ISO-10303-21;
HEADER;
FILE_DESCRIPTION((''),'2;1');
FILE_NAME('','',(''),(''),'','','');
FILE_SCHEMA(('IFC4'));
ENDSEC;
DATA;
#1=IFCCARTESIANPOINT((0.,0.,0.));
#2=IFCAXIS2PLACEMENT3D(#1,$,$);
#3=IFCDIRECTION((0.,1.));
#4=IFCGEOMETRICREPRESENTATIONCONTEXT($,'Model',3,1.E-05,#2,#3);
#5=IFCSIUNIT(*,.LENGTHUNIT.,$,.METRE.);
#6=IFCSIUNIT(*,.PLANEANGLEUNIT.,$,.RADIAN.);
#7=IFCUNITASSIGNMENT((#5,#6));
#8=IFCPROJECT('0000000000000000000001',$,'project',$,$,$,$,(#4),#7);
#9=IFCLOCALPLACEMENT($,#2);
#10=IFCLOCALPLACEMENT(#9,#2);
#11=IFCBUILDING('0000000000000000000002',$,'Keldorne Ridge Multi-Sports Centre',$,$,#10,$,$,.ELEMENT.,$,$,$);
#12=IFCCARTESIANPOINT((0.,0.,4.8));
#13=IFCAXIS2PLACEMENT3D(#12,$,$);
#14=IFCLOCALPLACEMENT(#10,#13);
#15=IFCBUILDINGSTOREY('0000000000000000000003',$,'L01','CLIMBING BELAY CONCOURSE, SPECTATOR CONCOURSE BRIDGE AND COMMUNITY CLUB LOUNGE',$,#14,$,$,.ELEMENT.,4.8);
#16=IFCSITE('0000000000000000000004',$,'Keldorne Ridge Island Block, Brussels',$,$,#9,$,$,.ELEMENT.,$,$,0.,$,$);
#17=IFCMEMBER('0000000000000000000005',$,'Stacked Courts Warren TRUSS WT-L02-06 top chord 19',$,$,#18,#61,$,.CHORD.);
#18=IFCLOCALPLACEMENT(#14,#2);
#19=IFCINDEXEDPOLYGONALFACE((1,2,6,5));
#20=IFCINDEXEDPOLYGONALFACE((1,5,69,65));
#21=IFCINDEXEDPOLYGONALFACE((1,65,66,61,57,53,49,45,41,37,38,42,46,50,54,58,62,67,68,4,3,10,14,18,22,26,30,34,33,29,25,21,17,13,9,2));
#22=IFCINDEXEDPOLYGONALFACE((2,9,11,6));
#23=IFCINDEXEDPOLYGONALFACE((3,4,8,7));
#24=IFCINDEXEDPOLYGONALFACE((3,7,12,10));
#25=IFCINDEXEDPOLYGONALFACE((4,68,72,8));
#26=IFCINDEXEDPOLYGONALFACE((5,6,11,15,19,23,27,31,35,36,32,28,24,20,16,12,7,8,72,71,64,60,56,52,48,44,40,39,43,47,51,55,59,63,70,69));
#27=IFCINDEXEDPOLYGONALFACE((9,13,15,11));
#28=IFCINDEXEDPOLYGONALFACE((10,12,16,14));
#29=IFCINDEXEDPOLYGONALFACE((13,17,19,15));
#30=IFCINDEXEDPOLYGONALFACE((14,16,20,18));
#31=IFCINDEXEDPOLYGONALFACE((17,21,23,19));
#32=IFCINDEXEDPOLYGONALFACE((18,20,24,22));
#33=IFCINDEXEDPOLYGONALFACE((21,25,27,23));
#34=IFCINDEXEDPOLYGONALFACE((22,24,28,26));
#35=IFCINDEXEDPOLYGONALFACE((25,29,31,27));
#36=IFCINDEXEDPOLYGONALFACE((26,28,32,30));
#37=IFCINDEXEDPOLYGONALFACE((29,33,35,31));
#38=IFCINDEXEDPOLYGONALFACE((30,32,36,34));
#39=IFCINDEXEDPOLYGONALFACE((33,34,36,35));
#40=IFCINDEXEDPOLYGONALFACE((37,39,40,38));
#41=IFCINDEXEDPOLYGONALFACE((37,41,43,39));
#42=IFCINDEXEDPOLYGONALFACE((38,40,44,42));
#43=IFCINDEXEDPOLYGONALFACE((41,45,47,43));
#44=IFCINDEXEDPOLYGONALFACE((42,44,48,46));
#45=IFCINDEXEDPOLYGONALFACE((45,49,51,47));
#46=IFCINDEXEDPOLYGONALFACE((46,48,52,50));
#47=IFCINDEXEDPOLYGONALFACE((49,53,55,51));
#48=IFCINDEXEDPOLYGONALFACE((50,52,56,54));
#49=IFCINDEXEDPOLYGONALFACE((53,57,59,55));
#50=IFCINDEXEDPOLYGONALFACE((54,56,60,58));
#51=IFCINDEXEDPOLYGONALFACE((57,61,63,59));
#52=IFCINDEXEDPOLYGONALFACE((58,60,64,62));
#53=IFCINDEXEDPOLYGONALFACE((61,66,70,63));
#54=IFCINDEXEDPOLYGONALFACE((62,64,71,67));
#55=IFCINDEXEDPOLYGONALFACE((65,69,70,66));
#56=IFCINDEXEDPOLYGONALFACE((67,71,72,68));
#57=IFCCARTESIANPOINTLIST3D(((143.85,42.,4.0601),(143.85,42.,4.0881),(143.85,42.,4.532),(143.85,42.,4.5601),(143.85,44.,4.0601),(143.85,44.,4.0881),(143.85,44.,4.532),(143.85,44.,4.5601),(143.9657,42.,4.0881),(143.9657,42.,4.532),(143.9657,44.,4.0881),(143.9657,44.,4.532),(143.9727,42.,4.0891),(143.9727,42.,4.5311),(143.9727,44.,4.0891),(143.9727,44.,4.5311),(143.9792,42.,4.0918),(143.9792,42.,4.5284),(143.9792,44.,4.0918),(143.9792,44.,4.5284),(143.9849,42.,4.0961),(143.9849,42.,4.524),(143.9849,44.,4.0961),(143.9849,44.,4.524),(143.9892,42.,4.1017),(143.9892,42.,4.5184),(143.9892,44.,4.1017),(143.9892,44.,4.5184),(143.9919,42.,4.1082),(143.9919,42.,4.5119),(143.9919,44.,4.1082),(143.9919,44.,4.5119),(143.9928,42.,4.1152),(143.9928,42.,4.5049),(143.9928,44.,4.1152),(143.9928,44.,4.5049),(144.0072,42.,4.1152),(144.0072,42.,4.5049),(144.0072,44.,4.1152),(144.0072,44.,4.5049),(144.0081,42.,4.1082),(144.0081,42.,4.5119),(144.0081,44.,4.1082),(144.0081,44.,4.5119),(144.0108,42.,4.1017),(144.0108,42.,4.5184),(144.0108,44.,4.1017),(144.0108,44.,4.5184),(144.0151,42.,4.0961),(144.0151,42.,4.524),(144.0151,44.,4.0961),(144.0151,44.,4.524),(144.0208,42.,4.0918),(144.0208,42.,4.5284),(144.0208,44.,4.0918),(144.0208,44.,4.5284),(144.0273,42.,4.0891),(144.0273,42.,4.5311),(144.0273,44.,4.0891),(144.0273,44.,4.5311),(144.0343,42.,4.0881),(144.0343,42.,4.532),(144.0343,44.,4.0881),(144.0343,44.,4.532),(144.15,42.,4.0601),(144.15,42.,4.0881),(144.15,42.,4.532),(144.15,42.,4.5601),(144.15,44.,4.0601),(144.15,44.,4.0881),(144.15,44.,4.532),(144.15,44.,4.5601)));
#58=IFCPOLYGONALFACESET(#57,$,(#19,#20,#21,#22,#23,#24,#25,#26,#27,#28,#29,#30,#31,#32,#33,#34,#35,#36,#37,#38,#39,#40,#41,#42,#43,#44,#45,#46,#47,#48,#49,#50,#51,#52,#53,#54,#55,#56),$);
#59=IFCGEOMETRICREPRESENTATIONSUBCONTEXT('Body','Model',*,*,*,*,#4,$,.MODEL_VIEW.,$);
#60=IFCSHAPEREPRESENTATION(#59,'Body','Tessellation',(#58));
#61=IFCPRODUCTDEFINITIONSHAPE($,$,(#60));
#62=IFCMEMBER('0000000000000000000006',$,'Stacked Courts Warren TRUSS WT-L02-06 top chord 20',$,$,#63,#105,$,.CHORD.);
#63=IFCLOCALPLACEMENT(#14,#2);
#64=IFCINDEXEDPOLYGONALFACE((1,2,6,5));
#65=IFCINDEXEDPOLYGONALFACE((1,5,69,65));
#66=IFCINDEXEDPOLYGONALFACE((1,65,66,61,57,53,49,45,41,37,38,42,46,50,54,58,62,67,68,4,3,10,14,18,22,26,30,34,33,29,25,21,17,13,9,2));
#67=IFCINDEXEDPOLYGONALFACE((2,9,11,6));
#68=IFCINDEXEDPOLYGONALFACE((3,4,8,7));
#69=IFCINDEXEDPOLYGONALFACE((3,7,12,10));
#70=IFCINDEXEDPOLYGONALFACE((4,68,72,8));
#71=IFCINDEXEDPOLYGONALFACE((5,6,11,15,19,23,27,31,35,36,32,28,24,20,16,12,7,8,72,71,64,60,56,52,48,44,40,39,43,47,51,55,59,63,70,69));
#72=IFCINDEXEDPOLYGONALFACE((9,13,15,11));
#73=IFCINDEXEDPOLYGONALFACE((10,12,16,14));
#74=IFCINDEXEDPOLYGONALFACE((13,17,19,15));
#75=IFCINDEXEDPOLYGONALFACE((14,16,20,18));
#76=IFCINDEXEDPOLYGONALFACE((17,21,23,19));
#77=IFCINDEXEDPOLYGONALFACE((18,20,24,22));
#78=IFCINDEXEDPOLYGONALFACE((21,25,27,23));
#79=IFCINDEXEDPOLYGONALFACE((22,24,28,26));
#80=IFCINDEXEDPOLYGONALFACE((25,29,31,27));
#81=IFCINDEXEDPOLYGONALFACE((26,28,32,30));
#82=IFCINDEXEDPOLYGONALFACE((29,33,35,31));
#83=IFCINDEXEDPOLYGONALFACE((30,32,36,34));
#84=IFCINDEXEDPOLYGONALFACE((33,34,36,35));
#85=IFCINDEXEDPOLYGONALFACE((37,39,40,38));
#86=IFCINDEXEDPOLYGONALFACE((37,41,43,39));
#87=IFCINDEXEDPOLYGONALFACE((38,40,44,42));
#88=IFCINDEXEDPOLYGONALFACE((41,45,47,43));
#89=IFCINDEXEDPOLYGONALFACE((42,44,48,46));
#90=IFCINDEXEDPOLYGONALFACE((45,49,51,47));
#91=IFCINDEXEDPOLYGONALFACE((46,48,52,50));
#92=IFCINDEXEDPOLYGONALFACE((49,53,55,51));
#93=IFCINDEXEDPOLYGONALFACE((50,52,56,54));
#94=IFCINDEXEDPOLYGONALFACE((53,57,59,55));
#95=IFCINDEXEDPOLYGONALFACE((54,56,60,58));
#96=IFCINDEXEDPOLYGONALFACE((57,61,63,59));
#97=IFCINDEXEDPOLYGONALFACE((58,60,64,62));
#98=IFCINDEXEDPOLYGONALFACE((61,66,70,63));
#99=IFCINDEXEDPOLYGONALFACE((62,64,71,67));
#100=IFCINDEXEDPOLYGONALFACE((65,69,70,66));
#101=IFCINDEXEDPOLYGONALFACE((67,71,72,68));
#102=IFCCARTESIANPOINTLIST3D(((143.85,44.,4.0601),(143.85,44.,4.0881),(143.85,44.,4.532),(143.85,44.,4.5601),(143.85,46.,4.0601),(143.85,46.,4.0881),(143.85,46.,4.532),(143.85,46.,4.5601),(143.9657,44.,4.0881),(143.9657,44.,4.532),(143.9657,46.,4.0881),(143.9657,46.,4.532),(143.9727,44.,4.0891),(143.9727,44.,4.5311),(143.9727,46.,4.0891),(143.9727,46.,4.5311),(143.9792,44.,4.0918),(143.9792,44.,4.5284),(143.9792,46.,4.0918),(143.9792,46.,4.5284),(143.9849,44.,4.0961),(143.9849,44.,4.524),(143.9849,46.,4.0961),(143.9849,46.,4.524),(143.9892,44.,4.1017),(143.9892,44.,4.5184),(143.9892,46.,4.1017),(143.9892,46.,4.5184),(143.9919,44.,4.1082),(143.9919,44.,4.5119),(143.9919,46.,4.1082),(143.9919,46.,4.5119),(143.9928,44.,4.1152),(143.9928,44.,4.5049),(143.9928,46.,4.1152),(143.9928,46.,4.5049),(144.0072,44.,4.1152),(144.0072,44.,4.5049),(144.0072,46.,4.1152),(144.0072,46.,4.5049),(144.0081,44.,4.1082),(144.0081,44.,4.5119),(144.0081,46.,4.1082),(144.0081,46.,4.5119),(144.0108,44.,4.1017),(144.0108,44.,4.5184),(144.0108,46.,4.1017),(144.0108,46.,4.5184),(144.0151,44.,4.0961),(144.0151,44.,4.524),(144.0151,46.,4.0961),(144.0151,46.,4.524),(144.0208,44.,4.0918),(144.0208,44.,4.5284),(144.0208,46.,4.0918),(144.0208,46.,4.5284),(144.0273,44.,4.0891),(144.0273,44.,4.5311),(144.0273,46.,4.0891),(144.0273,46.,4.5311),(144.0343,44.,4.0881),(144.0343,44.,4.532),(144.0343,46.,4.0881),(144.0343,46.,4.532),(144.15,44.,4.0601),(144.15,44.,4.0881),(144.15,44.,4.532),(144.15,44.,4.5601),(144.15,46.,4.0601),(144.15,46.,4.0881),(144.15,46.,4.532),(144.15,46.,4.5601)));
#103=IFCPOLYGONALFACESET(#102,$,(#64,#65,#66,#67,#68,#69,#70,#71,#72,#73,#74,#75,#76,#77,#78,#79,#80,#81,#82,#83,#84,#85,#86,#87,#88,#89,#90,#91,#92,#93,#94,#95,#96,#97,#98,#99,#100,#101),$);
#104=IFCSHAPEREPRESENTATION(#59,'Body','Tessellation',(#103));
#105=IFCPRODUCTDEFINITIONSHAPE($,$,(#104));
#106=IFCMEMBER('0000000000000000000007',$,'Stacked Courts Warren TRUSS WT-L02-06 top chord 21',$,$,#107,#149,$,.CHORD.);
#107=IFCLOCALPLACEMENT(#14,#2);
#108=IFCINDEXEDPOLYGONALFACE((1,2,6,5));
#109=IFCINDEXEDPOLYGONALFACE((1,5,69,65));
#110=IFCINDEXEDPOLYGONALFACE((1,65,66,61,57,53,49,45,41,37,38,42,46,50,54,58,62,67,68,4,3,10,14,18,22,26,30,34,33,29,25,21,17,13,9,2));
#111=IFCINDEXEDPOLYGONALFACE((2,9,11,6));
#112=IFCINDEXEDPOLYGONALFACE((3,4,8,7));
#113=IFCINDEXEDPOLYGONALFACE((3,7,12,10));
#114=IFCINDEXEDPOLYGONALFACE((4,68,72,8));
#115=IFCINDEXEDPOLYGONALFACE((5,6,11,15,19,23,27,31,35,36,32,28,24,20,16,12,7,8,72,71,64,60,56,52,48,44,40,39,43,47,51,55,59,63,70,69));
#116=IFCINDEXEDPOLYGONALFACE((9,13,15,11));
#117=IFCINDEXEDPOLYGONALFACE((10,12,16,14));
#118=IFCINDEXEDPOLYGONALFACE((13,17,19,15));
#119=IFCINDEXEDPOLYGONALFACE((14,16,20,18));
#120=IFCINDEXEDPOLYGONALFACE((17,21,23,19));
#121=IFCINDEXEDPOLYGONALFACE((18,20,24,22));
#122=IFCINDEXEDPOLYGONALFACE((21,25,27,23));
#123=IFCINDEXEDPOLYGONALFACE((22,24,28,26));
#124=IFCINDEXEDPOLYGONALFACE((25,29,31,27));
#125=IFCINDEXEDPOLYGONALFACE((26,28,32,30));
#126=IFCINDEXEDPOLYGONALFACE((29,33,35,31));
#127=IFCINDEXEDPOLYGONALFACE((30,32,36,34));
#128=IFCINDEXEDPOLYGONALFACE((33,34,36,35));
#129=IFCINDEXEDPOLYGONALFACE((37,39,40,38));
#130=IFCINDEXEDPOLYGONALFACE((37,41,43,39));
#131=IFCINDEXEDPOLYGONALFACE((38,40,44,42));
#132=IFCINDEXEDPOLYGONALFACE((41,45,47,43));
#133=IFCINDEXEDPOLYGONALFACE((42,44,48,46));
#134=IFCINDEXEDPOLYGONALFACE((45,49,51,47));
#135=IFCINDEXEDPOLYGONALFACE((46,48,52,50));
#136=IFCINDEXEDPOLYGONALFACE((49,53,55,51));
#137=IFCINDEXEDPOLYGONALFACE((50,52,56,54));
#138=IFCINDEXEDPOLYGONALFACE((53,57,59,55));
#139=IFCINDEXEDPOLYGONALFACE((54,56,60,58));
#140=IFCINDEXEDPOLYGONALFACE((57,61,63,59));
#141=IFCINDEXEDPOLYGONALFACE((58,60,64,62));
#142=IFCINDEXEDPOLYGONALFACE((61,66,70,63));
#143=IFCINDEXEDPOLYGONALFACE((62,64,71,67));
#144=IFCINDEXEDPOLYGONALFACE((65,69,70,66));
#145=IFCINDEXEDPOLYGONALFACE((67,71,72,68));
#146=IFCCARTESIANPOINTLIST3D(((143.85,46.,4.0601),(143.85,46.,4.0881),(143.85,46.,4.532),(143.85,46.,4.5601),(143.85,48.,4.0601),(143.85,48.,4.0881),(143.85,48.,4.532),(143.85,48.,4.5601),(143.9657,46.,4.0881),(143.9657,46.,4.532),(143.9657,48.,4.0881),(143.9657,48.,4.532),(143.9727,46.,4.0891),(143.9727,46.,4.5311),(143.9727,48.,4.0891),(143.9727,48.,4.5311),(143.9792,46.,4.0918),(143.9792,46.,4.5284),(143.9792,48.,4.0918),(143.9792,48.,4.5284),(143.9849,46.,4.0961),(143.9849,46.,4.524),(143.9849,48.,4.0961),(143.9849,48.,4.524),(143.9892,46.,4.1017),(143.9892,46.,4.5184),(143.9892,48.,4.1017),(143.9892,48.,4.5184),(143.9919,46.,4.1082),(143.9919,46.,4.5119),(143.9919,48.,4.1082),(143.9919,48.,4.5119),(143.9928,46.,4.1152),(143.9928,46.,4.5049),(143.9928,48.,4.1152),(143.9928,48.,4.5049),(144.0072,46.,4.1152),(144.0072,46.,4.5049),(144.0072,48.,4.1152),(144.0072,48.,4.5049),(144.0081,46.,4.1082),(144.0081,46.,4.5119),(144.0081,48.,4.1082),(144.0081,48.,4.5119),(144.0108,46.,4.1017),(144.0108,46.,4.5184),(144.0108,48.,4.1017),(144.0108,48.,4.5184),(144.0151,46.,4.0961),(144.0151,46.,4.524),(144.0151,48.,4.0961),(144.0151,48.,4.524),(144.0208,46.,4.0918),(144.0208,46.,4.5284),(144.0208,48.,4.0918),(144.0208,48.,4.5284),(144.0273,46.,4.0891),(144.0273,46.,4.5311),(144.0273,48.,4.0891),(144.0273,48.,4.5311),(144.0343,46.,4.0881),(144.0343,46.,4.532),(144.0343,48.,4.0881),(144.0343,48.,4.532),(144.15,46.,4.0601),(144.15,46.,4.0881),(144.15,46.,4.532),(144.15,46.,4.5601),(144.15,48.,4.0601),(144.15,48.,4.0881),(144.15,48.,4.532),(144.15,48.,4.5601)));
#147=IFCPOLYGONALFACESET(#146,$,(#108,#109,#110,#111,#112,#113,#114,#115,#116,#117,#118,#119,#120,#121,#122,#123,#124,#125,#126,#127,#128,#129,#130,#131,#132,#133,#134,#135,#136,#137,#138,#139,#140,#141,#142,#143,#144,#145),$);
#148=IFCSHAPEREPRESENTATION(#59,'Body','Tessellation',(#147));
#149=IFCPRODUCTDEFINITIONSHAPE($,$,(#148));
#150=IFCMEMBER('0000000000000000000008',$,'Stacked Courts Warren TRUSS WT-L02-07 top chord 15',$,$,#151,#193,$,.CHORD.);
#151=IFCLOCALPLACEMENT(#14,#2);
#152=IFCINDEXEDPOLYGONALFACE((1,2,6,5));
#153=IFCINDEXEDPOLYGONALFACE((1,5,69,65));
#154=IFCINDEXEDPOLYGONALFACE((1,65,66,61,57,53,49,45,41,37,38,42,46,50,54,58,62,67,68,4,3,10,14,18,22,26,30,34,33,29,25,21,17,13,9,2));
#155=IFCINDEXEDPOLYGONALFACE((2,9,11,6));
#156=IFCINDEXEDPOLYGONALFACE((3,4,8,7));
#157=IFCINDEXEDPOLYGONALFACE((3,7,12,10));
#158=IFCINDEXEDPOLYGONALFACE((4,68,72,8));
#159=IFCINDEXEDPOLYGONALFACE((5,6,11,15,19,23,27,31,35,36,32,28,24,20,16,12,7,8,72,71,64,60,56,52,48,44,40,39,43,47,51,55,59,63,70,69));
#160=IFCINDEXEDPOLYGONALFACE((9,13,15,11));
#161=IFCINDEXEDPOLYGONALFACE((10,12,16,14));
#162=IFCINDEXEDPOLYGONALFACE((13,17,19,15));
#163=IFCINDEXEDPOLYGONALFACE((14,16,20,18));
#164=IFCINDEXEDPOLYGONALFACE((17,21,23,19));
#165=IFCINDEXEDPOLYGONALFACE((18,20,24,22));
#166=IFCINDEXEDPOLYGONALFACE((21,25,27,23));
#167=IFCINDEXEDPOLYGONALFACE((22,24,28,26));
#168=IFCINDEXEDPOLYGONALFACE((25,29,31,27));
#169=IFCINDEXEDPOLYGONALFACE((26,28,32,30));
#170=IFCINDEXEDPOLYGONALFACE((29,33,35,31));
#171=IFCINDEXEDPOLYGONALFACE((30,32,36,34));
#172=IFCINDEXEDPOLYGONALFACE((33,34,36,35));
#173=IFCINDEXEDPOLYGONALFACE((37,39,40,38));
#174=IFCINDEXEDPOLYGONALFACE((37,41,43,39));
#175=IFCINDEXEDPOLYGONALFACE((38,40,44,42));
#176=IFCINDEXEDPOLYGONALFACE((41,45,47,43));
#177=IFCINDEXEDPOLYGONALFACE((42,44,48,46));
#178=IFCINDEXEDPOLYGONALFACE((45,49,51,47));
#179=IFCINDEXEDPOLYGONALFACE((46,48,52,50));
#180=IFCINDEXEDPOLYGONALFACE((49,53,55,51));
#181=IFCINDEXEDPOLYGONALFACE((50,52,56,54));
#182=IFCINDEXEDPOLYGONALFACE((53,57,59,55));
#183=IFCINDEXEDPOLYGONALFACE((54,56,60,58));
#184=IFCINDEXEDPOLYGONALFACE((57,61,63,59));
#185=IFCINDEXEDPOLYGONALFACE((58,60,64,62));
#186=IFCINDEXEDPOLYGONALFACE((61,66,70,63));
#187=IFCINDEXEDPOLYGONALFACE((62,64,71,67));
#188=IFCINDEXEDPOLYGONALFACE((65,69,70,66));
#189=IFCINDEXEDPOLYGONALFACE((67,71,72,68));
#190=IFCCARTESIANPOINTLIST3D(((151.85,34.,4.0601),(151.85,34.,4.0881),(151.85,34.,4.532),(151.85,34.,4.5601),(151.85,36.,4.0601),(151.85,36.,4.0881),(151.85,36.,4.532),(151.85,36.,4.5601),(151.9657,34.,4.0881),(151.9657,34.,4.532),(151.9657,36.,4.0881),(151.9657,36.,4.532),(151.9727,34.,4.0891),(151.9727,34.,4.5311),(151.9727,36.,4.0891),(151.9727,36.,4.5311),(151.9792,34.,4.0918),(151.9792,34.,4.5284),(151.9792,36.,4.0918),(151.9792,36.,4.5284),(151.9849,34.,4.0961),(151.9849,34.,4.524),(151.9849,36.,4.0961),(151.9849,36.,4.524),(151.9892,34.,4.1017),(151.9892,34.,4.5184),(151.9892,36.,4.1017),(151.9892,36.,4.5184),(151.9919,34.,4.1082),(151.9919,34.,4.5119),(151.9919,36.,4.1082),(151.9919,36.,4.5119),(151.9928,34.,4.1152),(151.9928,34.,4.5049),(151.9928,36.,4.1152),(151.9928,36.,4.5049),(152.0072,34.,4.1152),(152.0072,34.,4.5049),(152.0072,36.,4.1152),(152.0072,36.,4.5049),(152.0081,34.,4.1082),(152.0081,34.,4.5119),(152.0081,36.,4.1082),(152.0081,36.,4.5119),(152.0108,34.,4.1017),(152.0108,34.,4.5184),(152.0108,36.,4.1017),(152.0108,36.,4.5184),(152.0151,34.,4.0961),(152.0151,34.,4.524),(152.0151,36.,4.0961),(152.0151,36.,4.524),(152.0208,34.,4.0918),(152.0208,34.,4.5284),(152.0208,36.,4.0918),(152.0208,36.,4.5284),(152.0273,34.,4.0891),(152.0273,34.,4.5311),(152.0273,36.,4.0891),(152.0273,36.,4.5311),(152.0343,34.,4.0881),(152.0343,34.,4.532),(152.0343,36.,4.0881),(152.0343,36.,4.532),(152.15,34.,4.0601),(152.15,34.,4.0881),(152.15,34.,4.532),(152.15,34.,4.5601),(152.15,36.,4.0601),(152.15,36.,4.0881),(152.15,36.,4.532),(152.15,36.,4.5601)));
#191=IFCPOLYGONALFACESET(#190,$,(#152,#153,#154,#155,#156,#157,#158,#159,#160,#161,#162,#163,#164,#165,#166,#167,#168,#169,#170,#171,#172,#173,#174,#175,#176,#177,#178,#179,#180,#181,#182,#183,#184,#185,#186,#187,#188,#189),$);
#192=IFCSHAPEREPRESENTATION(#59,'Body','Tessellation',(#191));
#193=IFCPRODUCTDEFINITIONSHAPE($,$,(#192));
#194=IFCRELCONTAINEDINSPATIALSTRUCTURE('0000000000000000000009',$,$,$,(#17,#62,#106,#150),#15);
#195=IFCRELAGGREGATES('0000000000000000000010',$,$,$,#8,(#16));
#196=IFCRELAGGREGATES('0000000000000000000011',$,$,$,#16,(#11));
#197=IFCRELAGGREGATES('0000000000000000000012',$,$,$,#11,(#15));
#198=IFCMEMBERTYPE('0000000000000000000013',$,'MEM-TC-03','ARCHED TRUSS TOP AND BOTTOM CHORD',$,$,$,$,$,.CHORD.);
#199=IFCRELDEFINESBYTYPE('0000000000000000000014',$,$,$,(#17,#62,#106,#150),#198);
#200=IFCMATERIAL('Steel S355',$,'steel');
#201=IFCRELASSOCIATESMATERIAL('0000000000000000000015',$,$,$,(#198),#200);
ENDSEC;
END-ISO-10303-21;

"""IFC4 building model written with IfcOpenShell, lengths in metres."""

from ifc_helpers import new_model, si_unit, direction, frame, origin, origin_2d, place, context, subcontext, project, spatial, i_section, extrude, material, material_profile, profile_set, type_object, element, save


model = new_model("IFC4")

# Units and contexts
model_context = context("Model", 3, precision=1e-05, world=origin(), true_north=direction((0.0, 1.0)))
body_context = subcontext(model_context, "Body", "Model", "MODEL_VIEW")
ifc_project = project(units=[si_unit("LENGTHUNIT", "METRE"), si_unit("PLANEANGLEUNIT", "RADIAN")], contexts=[model_context])

# Site, building, storey
site_placement = place(None, origin())
site = spatial("IfcSite", under=ifc_project, at=site_placement, Name="Keldorne Ridge Island Block, Brussels", CompositionType="ELEMENT", RefElevation=0.0)
building_placement = place(site_placement, origin())
building = spatial("IfcBuilding", under=site, at=building_placement, Name="Keldorne Ridge Multi-Sports Centre", CompositionType="ELEMENT")
storey_placement = place(building_placement, frame((0.0, 0.0, 4.8)))
storey = spatial("IfcBuildingStorey", under=building, at=storey_placement, Name="L01", Description="CLIMBING BELAY CONCOURSE, SPECTATOR CONCOURSE BRIDGE AND COMMUNITY CLUB LOUNGE", CompositionType="ELEMENT", Elevation=4.8)

# Members
ifc_material = material(Name="Steel S355", Category="steel")
ifc_material_profile_1 = material_profile(ifc_material, i_section(OverallWidth=0.3, OverallDepth=0.5, WebThickness=0.0144, FlangeThickness=0.0281, FilletRadius=0.0271, at=origin_2d()), Name="HEB 500")
ifc_profile_set_1 = profile_set([ifc_material_profile_1], Name="Steel S355")
member_type_1 = type_object("IfcMemberType", Name="MEM-TC-03", Description="ARCHED TRUSS TOP AND BOTTOM CHORD", PredefinedType="CHORD", material=ifc_profile_set_1)
for number, where, z_axis, x_axis, name in (
    (1, (144.0, 42.0, 4.3101), (0.0, 1.0, 0.0), (-1.0, 0.0, 0.0), "Stacked Courts Warren TRUSS WT-L02-06 top chord 19"),
    (2, (144.0, 44.0, 4.3101), (0.0, 1.0, 0.0), (-1.0, 0.0, 0.0), "Stacked Courts Warren TRUSS WT-L02-06 top chord 20"),
    (3, (144.0, 46.0, 4.3101), (0.0, 1.0, 0.0), (-1.0, 0.0, 0.0), "Stacked Courts Warren TRUSS WT-L02-06 top chord 21"),
    (4, (152.0, 34.0, 4.3101), (0.0, 1.0, 0.0), (-1.0, 0.0, 0.0), "Stacked Courts Warren TRUSS WT-L02-07 top chord 15"),
):
    element("IfcMember", number, at=place(storey_placement, frame(where, z_axis=z_axis, x_axis=x_axis)), inside=storey, type_object=member_type_1, Name=name, PredefinedType="CHORD", context=body_context, shape_type="SweptSolid", body=[
        extrude(i_section(OverallWidth=0.3, OverallDepth=0.5, WebThickness=0.0144, FlangeThickness=0.0281, FilletRadius=0.0271, at=origin_2d()), origin(), (0.0, 0.0, 1.0), 2.0),
    ])

save(model, "model.ifc")
